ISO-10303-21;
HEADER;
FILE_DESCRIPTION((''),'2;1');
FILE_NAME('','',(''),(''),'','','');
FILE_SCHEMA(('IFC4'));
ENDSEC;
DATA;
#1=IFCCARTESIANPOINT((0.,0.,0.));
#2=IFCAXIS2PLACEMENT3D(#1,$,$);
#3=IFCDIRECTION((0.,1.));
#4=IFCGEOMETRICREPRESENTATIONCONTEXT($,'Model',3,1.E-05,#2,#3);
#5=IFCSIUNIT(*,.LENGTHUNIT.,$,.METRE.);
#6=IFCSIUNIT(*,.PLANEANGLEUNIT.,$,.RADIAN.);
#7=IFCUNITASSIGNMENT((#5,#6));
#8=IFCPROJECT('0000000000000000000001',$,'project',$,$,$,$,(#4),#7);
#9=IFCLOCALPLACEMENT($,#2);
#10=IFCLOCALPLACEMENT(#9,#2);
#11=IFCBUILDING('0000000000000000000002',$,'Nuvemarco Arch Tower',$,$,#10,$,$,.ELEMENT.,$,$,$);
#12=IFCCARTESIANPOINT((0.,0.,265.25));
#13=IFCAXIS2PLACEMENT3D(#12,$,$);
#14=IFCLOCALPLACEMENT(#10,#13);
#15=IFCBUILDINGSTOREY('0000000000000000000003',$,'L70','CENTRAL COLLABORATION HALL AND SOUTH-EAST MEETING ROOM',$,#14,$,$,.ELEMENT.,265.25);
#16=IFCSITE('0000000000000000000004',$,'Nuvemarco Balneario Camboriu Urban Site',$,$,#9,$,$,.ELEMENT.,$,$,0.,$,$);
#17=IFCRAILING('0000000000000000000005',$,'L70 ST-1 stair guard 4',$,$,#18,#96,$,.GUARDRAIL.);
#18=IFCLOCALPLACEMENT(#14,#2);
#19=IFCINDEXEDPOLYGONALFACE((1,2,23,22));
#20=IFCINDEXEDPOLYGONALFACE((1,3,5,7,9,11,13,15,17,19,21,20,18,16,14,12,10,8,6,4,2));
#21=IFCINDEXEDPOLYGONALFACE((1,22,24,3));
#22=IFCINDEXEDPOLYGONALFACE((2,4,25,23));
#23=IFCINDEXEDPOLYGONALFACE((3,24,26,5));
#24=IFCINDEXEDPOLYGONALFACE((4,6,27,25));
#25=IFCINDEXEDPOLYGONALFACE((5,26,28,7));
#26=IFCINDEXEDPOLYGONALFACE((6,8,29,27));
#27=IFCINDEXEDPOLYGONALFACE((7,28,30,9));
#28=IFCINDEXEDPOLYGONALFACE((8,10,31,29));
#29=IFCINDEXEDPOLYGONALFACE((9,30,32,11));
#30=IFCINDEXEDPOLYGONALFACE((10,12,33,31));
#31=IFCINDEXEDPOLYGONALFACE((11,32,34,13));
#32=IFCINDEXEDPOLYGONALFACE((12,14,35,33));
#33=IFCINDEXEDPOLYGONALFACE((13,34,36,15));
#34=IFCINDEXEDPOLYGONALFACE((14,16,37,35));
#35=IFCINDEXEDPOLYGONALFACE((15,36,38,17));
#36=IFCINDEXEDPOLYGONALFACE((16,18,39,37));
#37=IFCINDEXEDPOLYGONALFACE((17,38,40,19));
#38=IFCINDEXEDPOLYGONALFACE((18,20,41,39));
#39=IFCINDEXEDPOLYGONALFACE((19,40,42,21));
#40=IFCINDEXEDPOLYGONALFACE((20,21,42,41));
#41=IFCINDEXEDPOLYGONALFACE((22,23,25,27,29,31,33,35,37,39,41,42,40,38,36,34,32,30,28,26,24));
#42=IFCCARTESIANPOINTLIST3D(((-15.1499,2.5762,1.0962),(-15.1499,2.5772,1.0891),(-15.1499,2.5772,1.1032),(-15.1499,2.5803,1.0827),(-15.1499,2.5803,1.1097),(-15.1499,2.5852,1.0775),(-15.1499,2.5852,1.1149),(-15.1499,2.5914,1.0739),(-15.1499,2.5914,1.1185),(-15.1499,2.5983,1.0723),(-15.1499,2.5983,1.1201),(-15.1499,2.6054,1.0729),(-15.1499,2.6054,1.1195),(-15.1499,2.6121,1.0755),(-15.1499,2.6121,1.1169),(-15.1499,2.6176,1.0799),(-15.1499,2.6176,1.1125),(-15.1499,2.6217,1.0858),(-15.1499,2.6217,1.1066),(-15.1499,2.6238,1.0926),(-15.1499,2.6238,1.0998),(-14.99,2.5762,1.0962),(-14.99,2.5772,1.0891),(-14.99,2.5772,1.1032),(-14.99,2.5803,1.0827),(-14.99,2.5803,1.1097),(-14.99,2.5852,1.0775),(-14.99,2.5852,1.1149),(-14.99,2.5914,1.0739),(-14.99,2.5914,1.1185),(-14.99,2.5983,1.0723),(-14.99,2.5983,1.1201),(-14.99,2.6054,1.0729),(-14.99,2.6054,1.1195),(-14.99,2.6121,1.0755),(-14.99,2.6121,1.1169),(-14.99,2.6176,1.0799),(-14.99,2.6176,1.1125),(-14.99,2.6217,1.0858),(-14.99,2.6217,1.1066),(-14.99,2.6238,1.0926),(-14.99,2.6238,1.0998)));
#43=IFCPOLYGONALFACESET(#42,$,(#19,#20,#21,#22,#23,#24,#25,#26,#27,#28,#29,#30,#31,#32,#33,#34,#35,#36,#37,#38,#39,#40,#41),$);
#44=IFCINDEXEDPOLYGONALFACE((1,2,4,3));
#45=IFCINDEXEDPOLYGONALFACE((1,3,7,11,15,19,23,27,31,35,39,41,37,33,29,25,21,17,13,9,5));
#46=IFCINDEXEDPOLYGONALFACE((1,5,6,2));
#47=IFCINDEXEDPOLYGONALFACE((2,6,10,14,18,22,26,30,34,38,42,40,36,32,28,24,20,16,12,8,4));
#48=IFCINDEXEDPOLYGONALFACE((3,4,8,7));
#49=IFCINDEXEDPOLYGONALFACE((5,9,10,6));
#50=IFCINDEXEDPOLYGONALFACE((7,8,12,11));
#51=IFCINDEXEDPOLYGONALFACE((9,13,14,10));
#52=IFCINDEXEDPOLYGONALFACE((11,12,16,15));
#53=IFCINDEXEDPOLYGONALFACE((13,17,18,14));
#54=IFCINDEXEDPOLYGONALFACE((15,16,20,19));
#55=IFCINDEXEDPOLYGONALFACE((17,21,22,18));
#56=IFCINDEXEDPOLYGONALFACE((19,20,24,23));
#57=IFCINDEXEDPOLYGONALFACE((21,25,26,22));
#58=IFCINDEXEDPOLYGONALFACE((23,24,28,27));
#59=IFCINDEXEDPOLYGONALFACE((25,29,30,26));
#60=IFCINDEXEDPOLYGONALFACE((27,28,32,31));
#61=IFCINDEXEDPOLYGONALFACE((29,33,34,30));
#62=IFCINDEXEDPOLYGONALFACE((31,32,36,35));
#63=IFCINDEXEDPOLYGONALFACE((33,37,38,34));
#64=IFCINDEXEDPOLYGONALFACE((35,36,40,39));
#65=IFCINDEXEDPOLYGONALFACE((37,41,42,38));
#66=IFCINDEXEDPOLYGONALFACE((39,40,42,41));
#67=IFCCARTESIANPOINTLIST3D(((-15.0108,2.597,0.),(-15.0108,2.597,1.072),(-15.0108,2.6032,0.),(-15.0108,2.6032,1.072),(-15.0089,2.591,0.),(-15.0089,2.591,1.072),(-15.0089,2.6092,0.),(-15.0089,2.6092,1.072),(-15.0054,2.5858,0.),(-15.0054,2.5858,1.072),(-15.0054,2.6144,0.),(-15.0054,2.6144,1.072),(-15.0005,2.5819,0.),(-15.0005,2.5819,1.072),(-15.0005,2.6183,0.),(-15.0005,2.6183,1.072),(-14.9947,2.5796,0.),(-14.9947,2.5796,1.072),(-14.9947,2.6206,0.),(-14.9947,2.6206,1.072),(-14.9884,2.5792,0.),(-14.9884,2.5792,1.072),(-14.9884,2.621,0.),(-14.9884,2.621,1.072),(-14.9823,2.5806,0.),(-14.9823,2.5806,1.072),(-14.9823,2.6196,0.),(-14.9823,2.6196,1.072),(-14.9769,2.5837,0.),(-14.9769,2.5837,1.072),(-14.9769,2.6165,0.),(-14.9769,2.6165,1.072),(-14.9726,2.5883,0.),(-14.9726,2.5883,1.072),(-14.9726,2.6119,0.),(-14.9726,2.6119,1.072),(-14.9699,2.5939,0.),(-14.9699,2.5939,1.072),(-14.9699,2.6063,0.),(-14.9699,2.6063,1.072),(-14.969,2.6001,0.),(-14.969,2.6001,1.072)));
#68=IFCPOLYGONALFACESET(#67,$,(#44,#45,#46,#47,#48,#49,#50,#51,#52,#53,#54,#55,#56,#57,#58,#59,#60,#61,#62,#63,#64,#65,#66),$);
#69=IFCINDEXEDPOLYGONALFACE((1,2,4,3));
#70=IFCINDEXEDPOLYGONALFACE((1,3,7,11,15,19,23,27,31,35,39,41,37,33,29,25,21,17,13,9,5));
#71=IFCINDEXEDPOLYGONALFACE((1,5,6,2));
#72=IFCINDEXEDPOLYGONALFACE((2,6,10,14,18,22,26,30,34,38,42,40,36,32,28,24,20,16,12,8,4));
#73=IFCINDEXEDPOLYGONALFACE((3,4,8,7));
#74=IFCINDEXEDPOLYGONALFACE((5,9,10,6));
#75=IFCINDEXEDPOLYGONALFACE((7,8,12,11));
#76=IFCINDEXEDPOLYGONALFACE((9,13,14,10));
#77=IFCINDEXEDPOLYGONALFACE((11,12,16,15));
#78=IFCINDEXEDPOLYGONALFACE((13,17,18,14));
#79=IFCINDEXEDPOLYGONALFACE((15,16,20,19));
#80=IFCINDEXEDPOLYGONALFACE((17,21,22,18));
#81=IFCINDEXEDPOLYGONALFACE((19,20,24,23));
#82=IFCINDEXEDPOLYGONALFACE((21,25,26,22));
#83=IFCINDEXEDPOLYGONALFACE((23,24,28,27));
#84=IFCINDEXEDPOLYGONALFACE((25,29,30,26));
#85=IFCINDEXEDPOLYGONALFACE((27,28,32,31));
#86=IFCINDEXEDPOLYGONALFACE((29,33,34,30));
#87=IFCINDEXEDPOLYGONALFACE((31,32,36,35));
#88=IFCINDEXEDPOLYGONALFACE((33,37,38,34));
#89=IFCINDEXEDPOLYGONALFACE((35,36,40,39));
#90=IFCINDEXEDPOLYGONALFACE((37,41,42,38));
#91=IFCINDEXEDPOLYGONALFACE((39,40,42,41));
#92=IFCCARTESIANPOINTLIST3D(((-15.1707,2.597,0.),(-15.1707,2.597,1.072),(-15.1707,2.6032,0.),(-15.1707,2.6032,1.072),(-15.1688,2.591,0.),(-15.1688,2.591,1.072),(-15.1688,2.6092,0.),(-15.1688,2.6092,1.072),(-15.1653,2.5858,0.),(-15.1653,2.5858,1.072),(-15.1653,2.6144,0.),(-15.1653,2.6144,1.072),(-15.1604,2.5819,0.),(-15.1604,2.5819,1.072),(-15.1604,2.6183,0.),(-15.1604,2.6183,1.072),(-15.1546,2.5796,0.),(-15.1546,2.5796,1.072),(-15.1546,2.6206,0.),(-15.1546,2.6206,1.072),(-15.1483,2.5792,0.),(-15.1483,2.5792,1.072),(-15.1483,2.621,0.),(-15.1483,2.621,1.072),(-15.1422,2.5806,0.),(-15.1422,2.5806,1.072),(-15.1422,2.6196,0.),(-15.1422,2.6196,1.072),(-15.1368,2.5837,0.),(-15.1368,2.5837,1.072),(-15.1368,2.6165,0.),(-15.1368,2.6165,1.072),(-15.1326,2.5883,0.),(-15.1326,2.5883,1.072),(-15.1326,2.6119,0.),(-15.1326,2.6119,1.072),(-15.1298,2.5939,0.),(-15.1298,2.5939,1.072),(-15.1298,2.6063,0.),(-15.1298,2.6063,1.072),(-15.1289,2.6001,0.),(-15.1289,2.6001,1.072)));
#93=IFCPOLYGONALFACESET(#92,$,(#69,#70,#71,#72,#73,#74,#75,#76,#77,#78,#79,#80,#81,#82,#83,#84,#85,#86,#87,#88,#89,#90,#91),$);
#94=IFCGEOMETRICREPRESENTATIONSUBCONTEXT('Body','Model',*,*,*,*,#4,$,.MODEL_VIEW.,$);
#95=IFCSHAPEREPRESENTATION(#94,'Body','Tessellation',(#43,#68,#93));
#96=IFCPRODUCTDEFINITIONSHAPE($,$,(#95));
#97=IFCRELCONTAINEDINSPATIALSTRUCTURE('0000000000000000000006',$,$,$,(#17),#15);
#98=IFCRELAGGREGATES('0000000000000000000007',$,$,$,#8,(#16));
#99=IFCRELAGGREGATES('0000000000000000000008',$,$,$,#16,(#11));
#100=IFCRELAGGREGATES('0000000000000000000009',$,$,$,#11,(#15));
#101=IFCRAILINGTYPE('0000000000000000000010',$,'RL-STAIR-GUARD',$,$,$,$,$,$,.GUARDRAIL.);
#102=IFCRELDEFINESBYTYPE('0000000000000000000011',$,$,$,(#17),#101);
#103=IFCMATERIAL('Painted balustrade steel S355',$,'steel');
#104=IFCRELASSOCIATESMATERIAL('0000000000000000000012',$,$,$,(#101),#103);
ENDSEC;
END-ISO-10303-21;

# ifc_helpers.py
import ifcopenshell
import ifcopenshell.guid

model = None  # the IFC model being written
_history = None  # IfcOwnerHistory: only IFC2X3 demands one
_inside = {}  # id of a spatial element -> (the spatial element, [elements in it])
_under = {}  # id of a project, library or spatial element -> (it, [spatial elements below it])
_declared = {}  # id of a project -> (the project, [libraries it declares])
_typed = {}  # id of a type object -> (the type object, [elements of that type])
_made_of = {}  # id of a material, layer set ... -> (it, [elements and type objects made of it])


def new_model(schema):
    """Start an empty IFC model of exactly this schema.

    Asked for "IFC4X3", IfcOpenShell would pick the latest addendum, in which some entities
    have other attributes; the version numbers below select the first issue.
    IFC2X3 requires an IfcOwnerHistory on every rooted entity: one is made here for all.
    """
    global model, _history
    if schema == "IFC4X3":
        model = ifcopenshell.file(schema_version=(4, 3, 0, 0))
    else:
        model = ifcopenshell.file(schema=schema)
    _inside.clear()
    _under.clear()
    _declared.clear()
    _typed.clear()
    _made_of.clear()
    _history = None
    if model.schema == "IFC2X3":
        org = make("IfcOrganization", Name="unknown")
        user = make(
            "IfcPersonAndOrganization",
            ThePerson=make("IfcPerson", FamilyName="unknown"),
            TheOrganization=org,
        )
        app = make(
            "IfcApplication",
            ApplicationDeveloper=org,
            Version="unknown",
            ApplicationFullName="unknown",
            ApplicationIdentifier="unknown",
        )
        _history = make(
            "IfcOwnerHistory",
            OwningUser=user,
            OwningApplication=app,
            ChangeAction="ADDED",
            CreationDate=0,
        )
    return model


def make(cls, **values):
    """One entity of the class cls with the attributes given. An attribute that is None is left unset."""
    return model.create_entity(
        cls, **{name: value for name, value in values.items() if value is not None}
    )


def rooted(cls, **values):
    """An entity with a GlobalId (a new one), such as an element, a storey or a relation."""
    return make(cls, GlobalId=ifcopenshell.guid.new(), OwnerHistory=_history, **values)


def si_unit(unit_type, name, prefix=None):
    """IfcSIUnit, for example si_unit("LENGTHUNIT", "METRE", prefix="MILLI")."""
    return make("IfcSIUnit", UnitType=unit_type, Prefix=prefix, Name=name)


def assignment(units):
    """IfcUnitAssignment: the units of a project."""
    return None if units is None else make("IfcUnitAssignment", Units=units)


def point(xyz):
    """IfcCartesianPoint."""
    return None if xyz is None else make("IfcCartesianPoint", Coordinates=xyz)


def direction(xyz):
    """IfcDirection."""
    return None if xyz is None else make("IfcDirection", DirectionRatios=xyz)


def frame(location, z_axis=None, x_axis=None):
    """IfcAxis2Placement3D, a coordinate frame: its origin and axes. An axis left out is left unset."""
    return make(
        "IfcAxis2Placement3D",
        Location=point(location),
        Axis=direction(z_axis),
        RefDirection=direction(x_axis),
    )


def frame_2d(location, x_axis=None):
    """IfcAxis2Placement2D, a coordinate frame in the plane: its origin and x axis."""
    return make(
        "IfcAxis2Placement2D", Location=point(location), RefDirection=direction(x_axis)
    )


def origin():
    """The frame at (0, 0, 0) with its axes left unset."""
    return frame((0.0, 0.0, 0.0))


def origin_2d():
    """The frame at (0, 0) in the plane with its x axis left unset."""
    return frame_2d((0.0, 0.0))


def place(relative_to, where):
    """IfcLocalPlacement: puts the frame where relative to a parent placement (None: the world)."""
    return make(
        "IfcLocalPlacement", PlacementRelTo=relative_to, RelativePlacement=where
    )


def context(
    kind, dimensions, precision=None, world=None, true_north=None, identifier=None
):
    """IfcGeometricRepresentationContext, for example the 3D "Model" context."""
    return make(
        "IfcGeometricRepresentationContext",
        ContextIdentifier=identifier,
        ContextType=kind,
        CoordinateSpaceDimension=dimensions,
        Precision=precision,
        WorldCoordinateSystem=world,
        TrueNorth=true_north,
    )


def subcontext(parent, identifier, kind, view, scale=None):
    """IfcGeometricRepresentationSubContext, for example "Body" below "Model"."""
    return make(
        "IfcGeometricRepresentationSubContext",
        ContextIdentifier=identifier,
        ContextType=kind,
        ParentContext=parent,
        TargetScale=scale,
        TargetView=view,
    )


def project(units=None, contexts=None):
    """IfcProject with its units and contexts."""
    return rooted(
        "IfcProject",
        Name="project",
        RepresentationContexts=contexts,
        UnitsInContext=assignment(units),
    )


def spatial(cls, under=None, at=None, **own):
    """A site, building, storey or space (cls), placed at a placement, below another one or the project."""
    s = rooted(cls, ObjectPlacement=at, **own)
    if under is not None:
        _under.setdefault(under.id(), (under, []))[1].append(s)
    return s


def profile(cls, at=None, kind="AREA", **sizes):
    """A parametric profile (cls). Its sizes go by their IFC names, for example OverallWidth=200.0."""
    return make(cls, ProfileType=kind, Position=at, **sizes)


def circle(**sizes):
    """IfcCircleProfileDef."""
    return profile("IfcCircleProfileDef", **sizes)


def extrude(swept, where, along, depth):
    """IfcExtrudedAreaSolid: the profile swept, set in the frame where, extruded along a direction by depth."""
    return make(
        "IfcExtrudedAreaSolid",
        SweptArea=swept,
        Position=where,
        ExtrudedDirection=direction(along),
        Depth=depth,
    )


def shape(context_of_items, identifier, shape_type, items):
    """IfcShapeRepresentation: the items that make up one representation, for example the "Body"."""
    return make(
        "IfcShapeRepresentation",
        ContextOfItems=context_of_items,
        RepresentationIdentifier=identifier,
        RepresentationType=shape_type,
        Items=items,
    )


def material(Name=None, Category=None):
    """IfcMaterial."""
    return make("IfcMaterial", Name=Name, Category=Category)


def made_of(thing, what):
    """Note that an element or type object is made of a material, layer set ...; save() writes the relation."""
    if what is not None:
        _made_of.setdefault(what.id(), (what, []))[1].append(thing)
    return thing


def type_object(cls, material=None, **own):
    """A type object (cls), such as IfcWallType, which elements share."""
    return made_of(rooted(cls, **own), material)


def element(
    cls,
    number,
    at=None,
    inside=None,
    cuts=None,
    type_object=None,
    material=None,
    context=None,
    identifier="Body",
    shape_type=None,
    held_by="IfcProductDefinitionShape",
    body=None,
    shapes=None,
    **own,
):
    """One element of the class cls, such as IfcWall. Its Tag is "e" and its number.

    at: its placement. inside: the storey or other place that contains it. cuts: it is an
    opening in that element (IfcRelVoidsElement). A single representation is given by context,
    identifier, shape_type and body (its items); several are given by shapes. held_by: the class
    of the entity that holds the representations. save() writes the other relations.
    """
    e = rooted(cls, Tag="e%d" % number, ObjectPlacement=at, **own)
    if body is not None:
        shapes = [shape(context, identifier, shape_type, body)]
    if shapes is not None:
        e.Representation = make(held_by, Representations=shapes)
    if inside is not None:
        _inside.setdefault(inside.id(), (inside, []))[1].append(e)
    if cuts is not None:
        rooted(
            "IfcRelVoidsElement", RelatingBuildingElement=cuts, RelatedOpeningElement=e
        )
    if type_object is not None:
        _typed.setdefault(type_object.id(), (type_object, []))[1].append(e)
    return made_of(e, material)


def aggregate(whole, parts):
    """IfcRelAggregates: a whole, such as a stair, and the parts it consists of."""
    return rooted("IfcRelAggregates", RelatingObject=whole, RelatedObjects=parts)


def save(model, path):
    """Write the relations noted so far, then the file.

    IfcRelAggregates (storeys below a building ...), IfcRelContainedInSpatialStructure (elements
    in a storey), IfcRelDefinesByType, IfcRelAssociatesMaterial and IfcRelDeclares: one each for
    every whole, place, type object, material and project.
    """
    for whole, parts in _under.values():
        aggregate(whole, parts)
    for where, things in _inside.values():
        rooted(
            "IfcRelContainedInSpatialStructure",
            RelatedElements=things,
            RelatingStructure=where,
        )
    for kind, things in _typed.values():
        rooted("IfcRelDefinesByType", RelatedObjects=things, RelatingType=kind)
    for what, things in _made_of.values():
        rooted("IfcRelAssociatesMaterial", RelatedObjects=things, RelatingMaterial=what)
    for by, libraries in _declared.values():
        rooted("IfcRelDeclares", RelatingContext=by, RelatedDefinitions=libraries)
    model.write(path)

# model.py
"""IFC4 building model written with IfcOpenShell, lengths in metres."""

from ifc_helpers import new_model, si_unit, direction, frame, origin, origin_2d, place, context, subcontext, project, spatial, circle, extrude, material, type_object, element, save


model = new_model("IFC4")

# Units and contexts
model_context = context("Model", 3, precision=1e-05, world=origin(), true_north=direction((0.0, 1.0)))
body_context = subcontext(model_context, "Body", "Model", "MODEL_VIEW")
ifc_project = project(units=[si_unit("LENGTHUNIT", "METRE"), si_unit("PLANEANGLEUNIT", "RADIAN")], contexts=[model_context])

# Site, building, storey
site_placement = place(None, origin())
site = spatial("IfcSite", under=ifc_project, at=site_placement, Name="Nuvemarco Balneario Camboriu Urban Site", CompositionType="ELEMENT", RefElevation=0.0)
building_placement = place(site_placement, origin())
building = spatial("IfcBuilding", under=site, at=building_placement, Name="Nuvemarco Arch Tower", CompositionType="ELEMENT")
storey_placement = place(building_placement, frame((0.0, 0.0, 265.25)))
storey = spatial("IfcBuildingStorey", under=building, at=storey_placement, Name="L70", Description="CENTRAL COLLABORATION HALL AND SOUTH-EAST MEETING ROOM", CompositionType="ELEMENT", Elevation=265.25)

# Railing
ifc_material_1 = material(Name="Painted balustrade steel S355", Category="steel")
railing_type_1 = type_object("IfcRailingType", Name="RL-STAIR-GUARD", PredefinedType="GUARDRAIL", material=ifc_material_1)
railing_1_placement = place(storey_placement, frame((-14.99, 2.6001, 0.0)))
element("IfcRailing", 1, at=railing_1_placement, inside=storey, type_object=railing_type_1, Name="L70 ST-1 stair guard 4", PredefinedType="GUARDRAIL", context=body_context, shape_type="SweptSolid", body=[
    extrude(circle(Radius=0.0239, at=origin_2d()), frame((0.0, 0.0, 1.0962), z_axis=(-1.0, 0.0, 0.0), x_axis=(0.0, -1.0, 0.0)), (0.0, 0.0, 1.0), 0.1599),
    extrude(circle(Radius=0.021, at=origin_2d()), origin(), (0.0, 0.0, 1.0), 1.072),
    extrude(circle(Radius=0.021, at=origin_2d()), frame((-0.1599, 0.0, 0.0)), (0.0, 0.0, 1.0), 1.072),
])

save(model, "model.ifc")
